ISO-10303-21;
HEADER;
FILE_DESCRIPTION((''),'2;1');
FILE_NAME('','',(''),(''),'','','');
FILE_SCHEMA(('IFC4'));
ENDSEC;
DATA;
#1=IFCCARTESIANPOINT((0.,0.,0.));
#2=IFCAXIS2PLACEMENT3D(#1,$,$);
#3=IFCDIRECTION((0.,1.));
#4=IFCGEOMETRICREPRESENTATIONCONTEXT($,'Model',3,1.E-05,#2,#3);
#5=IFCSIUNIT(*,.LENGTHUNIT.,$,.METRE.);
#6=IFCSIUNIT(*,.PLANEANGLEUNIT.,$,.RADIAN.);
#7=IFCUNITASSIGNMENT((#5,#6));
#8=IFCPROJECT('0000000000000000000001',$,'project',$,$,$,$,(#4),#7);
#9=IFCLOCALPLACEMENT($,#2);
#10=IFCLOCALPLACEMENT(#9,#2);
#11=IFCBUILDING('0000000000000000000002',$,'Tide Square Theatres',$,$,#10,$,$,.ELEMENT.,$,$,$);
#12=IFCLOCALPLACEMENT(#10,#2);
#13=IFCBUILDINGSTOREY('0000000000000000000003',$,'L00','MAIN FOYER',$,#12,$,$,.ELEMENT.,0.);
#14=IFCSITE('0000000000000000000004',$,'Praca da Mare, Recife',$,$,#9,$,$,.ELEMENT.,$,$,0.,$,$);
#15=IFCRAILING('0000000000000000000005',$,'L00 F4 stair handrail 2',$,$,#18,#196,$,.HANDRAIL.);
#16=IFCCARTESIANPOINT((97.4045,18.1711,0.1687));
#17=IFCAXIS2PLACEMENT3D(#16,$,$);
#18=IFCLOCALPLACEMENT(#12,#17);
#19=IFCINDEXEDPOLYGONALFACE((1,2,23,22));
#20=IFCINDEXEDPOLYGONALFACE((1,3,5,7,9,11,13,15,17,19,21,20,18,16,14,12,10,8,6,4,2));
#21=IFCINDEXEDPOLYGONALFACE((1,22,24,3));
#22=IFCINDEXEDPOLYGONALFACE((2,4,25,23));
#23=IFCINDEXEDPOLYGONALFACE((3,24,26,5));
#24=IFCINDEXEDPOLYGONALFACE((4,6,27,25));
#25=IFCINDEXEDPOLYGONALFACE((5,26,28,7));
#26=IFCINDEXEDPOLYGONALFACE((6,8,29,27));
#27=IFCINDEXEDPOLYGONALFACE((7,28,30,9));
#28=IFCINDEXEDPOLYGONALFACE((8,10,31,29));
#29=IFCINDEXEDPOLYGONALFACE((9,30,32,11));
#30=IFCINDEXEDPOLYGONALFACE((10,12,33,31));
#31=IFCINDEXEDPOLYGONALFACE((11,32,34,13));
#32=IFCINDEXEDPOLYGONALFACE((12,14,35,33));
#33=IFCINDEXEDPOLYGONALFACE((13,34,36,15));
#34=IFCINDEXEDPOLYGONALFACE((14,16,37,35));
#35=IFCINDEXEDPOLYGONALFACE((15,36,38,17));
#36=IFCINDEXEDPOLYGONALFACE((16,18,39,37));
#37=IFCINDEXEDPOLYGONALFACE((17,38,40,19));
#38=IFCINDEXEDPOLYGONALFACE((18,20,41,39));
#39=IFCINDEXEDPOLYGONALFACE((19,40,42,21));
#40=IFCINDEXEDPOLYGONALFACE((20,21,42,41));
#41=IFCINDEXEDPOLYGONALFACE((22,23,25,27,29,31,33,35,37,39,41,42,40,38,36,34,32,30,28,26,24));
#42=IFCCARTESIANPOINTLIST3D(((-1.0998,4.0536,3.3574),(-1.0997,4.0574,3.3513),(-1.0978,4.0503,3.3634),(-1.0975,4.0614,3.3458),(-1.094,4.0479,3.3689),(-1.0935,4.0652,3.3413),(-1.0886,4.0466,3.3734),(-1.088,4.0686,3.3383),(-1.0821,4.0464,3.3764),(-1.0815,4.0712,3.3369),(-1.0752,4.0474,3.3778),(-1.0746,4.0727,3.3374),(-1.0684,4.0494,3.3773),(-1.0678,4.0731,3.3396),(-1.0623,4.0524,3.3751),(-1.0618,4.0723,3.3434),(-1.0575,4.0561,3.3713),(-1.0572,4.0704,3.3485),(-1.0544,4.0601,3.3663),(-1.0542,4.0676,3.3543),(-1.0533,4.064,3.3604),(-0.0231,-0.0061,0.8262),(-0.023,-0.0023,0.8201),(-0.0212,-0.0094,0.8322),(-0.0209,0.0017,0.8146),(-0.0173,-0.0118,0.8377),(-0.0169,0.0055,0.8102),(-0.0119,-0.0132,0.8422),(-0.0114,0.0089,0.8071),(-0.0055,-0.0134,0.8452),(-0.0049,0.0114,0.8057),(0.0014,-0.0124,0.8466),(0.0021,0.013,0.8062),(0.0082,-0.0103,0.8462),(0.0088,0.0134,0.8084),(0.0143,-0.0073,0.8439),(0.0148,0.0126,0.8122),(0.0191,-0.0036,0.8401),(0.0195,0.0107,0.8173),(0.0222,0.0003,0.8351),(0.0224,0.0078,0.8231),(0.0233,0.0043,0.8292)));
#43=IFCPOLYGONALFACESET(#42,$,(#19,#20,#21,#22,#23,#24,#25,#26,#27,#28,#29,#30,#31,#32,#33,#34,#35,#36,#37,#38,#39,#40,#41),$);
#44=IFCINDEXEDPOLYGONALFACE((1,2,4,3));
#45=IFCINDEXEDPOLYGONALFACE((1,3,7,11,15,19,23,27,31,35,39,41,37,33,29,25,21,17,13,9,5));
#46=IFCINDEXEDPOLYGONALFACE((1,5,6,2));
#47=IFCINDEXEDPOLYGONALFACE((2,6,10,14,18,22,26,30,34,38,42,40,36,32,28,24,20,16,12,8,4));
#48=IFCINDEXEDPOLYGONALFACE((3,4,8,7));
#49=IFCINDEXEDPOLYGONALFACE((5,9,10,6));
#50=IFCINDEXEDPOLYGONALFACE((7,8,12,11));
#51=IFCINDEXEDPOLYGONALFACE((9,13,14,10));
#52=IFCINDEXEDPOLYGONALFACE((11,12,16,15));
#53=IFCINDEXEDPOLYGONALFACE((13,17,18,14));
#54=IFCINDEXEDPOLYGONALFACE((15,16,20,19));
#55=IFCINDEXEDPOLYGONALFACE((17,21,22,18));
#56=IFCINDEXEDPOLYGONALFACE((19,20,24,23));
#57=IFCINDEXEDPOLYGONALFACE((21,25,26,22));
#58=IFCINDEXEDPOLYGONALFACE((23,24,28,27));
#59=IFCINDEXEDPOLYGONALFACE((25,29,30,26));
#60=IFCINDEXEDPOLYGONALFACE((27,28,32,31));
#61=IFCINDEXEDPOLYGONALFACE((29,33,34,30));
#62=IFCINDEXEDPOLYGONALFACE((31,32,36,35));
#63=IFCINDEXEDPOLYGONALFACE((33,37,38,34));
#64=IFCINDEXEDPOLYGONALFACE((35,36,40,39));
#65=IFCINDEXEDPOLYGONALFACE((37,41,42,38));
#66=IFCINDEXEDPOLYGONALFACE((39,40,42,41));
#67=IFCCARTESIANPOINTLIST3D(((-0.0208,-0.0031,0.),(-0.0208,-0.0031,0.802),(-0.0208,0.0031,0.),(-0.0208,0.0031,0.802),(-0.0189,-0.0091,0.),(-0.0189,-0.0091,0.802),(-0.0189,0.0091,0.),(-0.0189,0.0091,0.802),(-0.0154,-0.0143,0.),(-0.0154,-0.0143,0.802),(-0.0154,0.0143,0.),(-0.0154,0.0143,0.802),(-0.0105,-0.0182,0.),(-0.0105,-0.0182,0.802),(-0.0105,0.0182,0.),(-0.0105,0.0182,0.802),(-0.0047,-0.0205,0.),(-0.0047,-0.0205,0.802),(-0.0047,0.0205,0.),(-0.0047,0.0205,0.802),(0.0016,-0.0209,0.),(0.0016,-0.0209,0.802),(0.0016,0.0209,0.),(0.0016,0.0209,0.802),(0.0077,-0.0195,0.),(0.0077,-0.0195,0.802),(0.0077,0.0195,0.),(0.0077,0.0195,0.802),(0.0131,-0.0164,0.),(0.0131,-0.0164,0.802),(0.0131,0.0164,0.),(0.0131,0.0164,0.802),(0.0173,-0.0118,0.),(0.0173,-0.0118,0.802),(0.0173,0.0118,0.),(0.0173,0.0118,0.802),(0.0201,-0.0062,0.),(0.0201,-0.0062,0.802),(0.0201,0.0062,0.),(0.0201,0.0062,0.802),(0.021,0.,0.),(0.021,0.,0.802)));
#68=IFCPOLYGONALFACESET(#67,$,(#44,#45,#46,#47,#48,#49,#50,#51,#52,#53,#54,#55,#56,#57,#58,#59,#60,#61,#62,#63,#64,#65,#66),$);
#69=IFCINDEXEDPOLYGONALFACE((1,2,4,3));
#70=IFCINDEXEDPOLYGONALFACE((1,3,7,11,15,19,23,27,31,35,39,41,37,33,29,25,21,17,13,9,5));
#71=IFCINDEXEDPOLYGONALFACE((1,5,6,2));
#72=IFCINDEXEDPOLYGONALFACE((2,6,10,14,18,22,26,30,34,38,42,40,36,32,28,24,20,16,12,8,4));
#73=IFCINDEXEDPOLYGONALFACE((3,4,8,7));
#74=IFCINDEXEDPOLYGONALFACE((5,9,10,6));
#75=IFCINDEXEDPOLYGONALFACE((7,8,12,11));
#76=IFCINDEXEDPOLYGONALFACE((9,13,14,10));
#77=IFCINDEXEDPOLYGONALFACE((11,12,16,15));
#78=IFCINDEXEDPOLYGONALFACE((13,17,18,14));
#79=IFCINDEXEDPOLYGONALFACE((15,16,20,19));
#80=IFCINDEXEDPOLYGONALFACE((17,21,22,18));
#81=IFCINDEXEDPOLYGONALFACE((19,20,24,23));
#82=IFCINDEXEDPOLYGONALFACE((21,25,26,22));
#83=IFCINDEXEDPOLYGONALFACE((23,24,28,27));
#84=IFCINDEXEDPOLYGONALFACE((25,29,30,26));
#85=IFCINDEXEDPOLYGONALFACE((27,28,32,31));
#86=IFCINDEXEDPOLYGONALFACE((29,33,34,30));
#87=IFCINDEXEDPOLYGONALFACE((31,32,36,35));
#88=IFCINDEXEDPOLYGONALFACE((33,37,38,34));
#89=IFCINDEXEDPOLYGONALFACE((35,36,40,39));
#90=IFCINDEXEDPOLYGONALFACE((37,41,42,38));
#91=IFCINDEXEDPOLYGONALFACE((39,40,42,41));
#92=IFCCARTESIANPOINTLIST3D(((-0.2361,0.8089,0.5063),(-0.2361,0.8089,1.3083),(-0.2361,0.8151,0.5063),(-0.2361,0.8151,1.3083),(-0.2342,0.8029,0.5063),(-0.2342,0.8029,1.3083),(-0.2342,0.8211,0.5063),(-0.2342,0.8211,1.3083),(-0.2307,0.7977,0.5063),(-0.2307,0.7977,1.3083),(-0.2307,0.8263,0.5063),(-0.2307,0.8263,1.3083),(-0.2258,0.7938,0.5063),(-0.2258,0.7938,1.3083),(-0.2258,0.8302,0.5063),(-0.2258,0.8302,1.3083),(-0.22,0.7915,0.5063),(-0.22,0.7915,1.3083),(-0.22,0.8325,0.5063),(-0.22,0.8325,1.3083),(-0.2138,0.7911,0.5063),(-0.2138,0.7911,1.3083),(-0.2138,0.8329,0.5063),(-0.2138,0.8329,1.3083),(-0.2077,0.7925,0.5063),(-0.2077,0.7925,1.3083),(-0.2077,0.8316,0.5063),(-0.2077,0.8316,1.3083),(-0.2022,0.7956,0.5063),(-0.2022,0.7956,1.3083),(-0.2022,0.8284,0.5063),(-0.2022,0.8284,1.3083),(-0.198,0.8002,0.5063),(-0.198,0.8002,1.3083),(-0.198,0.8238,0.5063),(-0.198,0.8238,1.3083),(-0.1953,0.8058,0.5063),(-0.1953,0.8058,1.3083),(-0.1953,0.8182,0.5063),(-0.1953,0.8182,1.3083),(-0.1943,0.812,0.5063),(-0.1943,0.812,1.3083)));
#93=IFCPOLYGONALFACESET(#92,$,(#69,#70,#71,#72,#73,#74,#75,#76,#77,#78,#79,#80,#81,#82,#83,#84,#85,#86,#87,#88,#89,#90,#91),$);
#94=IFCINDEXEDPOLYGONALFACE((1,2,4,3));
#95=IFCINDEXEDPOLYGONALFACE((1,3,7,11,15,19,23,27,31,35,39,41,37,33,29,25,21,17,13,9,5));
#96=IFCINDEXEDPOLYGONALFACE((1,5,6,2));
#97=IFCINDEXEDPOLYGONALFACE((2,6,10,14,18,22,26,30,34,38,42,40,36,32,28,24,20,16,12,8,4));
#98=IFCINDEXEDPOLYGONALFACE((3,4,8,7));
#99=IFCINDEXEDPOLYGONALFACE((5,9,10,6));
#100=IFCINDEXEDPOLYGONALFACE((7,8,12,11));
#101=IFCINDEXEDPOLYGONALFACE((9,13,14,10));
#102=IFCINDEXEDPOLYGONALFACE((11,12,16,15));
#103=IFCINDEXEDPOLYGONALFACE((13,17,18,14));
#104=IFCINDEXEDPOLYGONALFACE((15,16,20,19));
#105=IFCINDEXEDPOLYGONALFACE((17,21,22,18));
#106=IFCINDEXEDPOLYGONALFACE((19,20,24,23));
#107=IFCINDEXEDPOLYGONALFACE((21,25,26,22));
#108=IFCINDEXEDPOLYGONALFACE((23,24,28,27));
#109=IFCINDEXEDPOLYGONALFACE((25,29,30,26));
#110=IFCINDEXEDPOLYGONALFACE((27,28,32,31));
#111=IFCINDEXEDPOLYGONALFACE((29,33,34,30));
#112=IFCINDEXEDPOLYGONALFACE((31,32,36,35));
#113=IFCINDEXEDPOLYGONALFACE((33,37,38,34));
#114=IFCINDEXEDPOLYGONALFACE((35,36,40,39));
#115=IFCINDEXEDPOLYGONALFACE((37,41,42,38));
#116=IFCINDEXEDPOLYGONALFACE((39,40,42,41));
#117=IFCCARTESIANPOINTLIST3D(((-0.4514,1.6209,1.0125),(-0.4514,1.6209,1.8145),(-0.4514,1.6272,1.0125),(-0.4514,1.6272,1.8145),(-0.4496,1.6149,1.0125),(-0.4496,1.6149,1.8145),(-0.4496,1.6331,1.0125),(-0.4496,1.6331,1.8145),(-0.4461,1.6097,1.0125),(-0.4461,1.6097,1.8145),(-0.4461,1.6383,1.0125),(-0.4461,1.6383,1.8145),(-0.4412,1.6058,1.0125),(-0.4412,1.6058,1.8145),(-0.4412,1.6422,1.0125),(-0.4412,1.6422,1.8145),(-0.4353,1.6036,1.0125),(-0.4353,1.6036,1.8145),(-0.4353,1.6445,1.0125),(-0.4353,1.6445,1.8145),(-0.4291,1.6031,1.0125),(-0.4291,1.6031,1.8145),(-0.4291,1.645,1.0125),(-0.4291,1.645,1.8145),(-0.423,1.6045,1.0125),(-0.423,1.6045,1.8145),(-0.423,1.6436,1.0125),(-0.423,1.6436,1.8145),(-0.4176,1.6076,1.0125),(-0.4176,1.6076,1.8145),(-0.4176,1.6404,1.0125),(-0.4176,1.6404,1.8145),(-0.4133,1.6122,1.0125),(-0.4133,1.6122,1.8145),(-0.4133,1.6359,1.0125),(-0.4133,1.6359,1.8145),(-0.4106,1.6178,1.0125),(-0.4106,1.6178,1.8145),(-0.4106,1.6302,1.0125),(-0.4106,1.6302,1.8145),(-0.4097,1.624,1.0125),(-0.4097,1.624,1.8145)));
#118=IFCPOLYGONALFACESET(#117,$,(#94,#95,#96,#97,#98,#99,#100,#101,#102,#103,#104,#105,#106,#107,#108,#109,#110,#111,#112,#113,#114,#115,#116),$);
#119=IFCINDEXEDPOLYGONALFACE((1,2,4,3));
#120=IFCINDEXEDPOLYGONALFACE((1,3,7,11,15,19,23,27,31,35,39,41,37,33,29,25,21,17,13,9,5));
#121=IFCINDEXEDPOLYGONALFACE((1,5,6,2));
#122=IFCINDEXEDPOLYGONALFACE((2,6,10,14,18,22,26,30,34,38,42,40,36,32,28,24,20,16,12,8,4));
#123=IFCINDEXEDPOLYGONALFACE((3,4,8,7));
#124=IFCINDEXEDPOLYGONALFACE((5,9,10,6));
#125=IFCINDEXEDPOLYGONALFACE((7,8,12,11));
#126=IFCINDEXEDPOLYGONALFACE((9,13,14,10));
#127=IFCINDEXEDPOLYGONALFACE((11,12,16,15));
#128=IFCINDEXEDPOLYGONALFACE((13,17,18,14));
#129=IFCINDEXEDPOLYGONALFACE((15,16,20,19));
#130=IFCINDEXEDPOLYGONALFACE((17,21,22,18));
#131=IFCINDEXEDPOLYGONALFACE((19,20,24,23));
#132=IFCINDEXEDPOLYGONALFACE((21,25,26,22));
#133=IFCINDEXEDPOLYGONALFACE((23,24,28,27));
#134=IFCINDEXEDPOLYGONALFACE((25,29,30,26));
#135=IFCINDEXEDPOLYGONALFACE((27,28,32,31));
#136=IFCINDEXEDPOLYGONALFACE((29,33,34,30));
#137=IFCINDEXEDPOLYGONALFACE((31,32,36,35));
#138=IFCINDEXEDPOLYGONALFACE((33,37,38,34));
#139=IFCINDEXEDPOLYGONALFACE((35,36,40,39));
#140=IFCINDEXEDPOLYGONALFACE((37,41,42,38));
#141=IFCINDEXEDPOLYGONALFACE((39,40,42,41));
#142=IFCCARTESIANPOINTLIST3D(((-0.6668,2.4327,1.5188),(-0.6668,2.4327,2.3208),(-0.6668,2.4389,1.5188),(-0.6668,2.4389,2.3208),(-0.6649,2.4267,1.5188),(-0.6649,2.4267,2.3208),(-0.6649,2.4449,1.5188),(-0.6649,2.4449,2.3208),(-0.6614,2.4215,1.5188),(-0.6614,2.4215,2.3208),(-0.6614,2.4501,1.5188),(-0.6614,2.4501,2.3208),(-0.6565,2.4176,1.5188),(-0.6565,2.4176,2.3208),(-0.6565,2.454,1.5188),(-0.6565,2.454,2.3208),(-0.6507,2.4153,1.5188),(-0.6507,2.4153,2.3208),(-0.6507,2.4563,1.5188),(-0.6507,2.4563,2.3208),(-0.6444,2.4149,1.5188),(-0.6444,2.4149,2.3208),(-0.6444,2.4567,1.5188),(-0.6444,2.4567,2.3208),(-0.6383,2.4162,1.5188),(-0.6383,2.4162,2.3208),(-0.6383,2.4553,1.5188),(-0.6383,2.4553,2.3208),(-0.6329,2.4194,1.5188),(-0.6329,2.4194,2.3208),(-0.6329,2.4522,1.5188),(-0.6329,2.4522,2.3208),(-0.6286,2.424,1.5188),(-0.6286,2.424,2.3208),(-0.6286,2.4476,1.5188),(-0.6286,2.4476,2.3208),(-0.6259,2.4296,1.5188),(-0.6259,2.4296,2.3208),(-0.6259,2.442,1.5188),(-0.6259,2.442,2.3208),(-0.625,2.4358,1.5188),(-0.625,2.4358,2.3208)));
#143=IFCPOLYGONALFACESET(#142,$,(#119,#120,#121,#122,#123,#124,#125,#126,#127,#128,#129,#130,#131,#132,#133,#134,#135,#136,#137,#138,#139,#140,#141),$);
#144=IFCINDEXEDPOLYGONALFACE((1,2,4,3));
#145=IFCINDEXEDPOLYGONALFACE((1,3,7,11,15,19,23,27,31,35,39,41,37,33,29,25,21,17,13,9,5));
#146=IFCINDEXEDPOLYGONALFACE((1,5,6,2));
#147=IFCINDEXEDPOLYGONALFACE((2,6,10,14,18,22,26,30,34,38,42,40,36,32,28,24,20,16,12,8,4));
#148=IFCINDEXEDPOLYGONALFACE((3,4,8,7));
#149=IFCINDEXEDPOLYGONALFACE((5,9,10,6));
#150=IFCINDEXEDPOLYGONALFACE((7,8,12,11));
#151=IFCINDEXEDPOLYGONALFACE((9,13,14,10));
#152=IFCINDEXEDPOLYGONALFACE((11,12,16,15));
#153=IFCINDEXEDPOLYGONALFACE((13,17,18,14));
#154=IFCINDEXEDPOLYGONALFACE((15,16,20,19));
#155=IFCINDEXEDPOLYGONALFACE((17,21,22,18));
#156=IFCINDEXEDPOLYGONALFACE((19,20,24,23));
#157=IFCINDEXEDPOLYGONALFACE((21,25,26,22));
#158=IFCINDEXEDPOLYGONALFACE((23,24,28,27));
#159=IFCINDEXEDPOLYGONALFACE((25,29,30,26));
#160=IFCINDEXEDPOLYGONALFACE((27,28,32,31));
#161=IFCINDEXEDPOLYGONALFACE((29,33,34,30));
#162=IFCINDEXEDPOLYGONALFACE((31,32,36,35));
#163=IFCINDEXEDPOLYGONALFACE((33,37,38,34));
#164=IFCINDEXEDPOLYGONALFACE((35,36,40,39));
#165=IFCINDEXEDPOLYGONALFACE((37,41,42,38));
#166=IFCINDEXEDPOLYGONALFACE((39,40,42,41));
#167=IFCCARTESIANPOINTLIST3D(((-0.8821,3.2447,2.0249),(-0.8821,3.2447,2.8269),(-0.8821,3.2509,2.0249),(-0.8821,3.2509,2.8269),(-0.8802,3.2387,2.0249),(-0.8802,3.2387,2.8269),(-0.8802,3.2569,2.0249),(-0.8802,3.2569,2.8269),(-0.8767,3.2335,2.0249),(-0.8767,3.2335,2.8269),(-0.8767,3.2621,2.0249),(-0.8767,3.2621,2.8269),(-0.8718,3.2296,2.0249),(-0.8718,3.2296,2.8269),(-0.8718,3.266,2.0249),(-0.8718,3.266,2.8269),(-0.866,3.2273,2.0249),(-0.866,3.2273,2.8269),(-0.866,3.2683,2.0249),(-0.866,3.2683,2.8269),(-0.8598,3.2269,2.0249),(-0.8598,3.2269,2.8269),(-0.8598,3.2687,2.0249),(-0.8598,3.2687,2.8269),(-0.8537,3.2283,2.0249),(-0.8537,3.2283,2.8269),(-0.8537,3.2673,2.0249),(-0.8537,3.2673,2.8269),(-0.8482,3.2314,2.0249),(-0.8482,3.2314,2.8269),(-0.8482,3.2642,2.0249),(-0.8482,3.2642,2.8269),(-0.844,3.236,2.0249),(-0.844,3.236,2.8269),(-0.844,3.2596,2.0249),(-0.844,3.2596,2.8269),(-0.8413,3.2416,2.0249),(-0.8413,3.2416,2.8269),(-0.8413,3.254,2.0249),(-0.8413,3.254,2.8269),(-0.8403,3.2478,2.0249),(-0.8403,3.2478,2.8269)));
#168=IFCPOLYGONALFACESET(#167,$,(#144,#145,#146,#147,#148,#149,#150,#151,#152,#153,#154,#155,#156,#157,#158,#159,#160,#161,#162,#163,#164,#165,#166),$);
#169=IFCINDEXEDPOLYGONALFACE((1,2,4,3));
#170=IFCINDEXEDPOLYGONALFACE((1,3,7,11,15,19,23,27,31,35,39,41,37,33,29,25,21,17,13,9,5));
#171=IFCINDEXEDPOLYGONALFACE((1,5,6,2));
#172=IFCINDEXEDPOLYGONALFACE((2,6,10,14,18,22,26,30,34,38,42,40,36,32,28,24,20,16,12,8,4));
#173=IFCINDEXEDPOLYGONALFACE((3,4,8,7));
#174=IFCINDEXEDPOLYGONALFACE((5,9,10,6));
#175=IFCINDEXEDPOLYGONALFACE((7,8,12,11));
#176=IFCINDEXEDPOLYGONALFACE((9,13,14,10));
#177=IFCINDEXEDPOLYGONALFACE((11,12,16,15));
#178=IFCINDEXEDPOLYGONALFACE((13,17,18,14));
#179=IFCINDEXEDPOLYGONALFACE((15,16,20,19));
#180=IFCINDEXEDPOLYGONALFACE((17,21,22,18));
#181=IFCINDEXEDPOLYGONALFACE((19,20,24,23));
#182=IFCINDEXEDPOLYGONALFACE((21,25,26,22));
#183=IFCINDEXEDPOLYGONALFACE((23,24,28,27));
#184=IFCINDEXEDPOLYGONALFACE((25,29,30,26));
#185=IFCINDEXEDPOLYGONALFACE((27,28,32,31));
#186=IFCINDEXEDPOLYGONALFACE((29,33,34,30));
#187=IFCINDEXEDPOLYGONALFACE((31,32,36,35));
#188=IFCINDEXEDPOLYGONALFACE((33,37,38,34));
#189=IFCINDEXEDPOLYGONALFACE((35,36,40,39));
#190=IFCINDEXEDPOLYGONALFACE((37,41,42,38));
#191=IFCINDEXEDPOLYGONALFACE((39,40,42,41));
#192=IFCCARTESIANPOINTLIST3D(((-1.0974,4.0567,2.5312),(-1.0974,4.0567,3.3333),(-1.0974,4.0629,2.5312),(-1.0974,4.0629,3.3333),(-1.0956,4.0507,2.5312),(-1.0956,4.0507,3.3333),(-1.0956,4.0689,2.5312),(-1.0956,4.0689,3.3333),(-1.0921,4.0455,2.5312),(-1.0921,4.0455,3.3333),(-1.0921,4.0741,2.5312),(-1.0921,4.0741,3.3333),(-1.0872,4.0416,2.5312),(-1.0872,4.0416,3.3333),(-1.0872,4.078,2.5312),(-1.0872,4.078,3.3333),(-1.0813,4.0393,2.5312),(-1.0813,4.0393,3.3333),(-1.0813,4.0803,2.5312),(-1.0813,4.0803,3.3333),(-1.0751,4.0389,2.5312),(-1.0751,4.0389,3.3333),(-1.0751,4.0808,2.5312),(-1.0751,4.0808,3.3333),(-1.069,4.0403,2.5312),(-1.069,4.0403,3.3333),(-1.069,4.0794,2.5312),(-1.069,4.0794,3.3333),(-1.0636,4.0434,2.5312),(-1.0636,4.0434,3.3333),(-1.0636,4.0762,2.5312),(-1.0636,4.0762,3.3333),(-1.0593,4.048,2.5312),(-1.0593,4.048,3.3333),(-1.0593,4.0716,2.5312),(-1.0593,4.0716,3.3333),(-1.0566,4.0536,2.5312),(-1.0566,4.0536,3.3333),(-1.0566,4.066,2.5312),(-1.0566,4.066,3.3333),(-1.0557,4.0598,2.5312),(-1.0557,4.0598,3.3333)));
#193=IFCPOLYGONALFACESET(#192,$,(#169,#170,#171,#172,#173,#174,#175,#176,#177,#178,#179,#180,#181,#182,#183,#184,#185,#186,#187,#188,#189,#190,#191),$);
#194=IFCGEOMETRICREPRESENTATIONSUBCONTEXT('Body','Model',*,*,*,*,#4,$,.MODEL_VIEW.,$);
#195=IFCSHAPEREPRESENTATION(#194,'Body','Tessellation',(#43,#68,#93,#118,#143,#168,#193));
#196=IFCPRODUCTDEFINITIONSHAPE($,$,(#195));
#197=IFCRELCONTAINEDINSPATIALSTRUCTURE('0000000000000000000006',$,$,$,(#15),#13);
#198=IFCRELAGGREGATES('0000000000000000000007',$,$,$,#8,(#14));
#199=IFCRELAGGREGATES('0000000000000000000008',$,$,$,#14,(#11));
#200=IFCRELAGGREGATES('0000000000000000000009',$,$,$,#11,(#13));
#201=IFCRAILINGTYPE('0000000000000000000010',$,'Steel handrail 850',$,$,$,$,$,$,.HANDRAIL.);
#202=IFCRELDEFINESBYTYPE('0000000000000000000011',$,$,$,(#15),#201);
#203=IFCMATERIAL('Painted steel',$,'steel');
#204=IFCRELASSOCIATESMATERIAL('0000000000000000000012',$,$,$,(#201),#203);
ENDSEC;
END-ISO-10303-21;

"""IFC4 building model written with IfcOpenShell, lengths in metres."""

from ifc_helpers import new_model, si_unit, direction, frame, origin, origin_2d, place, context, subcontext, project, spatial, circle, extrude, material, type_object, element, save


model = new_model("IFC4")

# Units and contexts
model_context = context("Model", 3, precision=1e-05, world=origin(), true_north=direction((0.0, 1.0)))
body_context = subcontext(model_context, "Body", "Model", "MODEL_VIEW")
ifc_project = project(units=[si_unit("LENGTHUNIT", "METRE"), si_unit("PLANEANGLEUNIT", "RADIAN")], contexts=[model_context])

# Site, building, storey
site_placement = place(None, origin())
site = spatial("IfcSite", under=ifc_project, at=site_placement, Name="Praca da Mare, Recife", CompositionType="ELEMENT", RefElevation=0.0)
building_placement = place(site_placement, origin())
building = spatial("IfcBuilding", under=site, at=building_placement, Name="Tide Square Theatres", CompositionType="ELEMENT")
storey_placement = place(building_placement, origin())
storey = spatial("IfcBuildingStorey", under=building, at=storey_placement, Name="L00", Description="MAIN FOYER", CompositionType="ELEMENT", Elevation=0.0)

# Railing
ifc_material_1 = material(Name="Painted steel", Category="steel")
railing_type_1 = type_object("IfcRailingType", Name="Steel handrail 850", PredefinedType="HANDRAIL", material=ifc_material_1)
railing_1_placement = place(storey_placement, frame((97.4045, 18.1711, 0.1687)))
element("IfcRailing", 1, at=railing_1_placement, inside=storey, type_object=railing_type_1, Name="L00 F4 stair handrail 2", PredefinedType="HANDRAIL", context=body_context, shape_type="SweptSolid", body=[
    extrude(circle(Radius=0.0239, at=origin_2d()), frame((0.0, 0.0, 0.8262), z_axis=(-0.219551, 0.82787, 0.516168), x_axis=(-0.966587, -0.256338, 0.0)), (0.0, 0.0, 1.0), 4.9038),
    extrude(circle(Radius=0.021, at=origin_2d()), origin(), (0.0, 0.0, 1.0), 0.802),
    extrude(circle(Radius=0.021, at=origin_2d()), frame((-0.2153, 0.812, 0.5063)), (0.0, 0.0, 1.0), 0.802),
    extrude(circle(Radius=0.021, at=origin_2d()), frame((-0.4307, 1.624, 1.0125)), (0.0, 0.0, 1.0), 0.802),
    extrude(circle(Radius=0.021, at=origin_2d()), frame((-0.646, 2.4358, 1.5188)), (0.0, 0.0, 1.0), 0.802),
    extrude(circle(Radius=0.021, at=origin_2d()), frame((-0.8613, 3.2478, 2.0249)), (0.0, 0.0, 1.0), 0.802),
    extrude(circle(Radius=0.021, at=origin_2d()), frame((-1.0767, 4.0598, 2.5312)), (0.0, 0.0, 1.0), 0.802),
])

save(model, "model.ifc")
